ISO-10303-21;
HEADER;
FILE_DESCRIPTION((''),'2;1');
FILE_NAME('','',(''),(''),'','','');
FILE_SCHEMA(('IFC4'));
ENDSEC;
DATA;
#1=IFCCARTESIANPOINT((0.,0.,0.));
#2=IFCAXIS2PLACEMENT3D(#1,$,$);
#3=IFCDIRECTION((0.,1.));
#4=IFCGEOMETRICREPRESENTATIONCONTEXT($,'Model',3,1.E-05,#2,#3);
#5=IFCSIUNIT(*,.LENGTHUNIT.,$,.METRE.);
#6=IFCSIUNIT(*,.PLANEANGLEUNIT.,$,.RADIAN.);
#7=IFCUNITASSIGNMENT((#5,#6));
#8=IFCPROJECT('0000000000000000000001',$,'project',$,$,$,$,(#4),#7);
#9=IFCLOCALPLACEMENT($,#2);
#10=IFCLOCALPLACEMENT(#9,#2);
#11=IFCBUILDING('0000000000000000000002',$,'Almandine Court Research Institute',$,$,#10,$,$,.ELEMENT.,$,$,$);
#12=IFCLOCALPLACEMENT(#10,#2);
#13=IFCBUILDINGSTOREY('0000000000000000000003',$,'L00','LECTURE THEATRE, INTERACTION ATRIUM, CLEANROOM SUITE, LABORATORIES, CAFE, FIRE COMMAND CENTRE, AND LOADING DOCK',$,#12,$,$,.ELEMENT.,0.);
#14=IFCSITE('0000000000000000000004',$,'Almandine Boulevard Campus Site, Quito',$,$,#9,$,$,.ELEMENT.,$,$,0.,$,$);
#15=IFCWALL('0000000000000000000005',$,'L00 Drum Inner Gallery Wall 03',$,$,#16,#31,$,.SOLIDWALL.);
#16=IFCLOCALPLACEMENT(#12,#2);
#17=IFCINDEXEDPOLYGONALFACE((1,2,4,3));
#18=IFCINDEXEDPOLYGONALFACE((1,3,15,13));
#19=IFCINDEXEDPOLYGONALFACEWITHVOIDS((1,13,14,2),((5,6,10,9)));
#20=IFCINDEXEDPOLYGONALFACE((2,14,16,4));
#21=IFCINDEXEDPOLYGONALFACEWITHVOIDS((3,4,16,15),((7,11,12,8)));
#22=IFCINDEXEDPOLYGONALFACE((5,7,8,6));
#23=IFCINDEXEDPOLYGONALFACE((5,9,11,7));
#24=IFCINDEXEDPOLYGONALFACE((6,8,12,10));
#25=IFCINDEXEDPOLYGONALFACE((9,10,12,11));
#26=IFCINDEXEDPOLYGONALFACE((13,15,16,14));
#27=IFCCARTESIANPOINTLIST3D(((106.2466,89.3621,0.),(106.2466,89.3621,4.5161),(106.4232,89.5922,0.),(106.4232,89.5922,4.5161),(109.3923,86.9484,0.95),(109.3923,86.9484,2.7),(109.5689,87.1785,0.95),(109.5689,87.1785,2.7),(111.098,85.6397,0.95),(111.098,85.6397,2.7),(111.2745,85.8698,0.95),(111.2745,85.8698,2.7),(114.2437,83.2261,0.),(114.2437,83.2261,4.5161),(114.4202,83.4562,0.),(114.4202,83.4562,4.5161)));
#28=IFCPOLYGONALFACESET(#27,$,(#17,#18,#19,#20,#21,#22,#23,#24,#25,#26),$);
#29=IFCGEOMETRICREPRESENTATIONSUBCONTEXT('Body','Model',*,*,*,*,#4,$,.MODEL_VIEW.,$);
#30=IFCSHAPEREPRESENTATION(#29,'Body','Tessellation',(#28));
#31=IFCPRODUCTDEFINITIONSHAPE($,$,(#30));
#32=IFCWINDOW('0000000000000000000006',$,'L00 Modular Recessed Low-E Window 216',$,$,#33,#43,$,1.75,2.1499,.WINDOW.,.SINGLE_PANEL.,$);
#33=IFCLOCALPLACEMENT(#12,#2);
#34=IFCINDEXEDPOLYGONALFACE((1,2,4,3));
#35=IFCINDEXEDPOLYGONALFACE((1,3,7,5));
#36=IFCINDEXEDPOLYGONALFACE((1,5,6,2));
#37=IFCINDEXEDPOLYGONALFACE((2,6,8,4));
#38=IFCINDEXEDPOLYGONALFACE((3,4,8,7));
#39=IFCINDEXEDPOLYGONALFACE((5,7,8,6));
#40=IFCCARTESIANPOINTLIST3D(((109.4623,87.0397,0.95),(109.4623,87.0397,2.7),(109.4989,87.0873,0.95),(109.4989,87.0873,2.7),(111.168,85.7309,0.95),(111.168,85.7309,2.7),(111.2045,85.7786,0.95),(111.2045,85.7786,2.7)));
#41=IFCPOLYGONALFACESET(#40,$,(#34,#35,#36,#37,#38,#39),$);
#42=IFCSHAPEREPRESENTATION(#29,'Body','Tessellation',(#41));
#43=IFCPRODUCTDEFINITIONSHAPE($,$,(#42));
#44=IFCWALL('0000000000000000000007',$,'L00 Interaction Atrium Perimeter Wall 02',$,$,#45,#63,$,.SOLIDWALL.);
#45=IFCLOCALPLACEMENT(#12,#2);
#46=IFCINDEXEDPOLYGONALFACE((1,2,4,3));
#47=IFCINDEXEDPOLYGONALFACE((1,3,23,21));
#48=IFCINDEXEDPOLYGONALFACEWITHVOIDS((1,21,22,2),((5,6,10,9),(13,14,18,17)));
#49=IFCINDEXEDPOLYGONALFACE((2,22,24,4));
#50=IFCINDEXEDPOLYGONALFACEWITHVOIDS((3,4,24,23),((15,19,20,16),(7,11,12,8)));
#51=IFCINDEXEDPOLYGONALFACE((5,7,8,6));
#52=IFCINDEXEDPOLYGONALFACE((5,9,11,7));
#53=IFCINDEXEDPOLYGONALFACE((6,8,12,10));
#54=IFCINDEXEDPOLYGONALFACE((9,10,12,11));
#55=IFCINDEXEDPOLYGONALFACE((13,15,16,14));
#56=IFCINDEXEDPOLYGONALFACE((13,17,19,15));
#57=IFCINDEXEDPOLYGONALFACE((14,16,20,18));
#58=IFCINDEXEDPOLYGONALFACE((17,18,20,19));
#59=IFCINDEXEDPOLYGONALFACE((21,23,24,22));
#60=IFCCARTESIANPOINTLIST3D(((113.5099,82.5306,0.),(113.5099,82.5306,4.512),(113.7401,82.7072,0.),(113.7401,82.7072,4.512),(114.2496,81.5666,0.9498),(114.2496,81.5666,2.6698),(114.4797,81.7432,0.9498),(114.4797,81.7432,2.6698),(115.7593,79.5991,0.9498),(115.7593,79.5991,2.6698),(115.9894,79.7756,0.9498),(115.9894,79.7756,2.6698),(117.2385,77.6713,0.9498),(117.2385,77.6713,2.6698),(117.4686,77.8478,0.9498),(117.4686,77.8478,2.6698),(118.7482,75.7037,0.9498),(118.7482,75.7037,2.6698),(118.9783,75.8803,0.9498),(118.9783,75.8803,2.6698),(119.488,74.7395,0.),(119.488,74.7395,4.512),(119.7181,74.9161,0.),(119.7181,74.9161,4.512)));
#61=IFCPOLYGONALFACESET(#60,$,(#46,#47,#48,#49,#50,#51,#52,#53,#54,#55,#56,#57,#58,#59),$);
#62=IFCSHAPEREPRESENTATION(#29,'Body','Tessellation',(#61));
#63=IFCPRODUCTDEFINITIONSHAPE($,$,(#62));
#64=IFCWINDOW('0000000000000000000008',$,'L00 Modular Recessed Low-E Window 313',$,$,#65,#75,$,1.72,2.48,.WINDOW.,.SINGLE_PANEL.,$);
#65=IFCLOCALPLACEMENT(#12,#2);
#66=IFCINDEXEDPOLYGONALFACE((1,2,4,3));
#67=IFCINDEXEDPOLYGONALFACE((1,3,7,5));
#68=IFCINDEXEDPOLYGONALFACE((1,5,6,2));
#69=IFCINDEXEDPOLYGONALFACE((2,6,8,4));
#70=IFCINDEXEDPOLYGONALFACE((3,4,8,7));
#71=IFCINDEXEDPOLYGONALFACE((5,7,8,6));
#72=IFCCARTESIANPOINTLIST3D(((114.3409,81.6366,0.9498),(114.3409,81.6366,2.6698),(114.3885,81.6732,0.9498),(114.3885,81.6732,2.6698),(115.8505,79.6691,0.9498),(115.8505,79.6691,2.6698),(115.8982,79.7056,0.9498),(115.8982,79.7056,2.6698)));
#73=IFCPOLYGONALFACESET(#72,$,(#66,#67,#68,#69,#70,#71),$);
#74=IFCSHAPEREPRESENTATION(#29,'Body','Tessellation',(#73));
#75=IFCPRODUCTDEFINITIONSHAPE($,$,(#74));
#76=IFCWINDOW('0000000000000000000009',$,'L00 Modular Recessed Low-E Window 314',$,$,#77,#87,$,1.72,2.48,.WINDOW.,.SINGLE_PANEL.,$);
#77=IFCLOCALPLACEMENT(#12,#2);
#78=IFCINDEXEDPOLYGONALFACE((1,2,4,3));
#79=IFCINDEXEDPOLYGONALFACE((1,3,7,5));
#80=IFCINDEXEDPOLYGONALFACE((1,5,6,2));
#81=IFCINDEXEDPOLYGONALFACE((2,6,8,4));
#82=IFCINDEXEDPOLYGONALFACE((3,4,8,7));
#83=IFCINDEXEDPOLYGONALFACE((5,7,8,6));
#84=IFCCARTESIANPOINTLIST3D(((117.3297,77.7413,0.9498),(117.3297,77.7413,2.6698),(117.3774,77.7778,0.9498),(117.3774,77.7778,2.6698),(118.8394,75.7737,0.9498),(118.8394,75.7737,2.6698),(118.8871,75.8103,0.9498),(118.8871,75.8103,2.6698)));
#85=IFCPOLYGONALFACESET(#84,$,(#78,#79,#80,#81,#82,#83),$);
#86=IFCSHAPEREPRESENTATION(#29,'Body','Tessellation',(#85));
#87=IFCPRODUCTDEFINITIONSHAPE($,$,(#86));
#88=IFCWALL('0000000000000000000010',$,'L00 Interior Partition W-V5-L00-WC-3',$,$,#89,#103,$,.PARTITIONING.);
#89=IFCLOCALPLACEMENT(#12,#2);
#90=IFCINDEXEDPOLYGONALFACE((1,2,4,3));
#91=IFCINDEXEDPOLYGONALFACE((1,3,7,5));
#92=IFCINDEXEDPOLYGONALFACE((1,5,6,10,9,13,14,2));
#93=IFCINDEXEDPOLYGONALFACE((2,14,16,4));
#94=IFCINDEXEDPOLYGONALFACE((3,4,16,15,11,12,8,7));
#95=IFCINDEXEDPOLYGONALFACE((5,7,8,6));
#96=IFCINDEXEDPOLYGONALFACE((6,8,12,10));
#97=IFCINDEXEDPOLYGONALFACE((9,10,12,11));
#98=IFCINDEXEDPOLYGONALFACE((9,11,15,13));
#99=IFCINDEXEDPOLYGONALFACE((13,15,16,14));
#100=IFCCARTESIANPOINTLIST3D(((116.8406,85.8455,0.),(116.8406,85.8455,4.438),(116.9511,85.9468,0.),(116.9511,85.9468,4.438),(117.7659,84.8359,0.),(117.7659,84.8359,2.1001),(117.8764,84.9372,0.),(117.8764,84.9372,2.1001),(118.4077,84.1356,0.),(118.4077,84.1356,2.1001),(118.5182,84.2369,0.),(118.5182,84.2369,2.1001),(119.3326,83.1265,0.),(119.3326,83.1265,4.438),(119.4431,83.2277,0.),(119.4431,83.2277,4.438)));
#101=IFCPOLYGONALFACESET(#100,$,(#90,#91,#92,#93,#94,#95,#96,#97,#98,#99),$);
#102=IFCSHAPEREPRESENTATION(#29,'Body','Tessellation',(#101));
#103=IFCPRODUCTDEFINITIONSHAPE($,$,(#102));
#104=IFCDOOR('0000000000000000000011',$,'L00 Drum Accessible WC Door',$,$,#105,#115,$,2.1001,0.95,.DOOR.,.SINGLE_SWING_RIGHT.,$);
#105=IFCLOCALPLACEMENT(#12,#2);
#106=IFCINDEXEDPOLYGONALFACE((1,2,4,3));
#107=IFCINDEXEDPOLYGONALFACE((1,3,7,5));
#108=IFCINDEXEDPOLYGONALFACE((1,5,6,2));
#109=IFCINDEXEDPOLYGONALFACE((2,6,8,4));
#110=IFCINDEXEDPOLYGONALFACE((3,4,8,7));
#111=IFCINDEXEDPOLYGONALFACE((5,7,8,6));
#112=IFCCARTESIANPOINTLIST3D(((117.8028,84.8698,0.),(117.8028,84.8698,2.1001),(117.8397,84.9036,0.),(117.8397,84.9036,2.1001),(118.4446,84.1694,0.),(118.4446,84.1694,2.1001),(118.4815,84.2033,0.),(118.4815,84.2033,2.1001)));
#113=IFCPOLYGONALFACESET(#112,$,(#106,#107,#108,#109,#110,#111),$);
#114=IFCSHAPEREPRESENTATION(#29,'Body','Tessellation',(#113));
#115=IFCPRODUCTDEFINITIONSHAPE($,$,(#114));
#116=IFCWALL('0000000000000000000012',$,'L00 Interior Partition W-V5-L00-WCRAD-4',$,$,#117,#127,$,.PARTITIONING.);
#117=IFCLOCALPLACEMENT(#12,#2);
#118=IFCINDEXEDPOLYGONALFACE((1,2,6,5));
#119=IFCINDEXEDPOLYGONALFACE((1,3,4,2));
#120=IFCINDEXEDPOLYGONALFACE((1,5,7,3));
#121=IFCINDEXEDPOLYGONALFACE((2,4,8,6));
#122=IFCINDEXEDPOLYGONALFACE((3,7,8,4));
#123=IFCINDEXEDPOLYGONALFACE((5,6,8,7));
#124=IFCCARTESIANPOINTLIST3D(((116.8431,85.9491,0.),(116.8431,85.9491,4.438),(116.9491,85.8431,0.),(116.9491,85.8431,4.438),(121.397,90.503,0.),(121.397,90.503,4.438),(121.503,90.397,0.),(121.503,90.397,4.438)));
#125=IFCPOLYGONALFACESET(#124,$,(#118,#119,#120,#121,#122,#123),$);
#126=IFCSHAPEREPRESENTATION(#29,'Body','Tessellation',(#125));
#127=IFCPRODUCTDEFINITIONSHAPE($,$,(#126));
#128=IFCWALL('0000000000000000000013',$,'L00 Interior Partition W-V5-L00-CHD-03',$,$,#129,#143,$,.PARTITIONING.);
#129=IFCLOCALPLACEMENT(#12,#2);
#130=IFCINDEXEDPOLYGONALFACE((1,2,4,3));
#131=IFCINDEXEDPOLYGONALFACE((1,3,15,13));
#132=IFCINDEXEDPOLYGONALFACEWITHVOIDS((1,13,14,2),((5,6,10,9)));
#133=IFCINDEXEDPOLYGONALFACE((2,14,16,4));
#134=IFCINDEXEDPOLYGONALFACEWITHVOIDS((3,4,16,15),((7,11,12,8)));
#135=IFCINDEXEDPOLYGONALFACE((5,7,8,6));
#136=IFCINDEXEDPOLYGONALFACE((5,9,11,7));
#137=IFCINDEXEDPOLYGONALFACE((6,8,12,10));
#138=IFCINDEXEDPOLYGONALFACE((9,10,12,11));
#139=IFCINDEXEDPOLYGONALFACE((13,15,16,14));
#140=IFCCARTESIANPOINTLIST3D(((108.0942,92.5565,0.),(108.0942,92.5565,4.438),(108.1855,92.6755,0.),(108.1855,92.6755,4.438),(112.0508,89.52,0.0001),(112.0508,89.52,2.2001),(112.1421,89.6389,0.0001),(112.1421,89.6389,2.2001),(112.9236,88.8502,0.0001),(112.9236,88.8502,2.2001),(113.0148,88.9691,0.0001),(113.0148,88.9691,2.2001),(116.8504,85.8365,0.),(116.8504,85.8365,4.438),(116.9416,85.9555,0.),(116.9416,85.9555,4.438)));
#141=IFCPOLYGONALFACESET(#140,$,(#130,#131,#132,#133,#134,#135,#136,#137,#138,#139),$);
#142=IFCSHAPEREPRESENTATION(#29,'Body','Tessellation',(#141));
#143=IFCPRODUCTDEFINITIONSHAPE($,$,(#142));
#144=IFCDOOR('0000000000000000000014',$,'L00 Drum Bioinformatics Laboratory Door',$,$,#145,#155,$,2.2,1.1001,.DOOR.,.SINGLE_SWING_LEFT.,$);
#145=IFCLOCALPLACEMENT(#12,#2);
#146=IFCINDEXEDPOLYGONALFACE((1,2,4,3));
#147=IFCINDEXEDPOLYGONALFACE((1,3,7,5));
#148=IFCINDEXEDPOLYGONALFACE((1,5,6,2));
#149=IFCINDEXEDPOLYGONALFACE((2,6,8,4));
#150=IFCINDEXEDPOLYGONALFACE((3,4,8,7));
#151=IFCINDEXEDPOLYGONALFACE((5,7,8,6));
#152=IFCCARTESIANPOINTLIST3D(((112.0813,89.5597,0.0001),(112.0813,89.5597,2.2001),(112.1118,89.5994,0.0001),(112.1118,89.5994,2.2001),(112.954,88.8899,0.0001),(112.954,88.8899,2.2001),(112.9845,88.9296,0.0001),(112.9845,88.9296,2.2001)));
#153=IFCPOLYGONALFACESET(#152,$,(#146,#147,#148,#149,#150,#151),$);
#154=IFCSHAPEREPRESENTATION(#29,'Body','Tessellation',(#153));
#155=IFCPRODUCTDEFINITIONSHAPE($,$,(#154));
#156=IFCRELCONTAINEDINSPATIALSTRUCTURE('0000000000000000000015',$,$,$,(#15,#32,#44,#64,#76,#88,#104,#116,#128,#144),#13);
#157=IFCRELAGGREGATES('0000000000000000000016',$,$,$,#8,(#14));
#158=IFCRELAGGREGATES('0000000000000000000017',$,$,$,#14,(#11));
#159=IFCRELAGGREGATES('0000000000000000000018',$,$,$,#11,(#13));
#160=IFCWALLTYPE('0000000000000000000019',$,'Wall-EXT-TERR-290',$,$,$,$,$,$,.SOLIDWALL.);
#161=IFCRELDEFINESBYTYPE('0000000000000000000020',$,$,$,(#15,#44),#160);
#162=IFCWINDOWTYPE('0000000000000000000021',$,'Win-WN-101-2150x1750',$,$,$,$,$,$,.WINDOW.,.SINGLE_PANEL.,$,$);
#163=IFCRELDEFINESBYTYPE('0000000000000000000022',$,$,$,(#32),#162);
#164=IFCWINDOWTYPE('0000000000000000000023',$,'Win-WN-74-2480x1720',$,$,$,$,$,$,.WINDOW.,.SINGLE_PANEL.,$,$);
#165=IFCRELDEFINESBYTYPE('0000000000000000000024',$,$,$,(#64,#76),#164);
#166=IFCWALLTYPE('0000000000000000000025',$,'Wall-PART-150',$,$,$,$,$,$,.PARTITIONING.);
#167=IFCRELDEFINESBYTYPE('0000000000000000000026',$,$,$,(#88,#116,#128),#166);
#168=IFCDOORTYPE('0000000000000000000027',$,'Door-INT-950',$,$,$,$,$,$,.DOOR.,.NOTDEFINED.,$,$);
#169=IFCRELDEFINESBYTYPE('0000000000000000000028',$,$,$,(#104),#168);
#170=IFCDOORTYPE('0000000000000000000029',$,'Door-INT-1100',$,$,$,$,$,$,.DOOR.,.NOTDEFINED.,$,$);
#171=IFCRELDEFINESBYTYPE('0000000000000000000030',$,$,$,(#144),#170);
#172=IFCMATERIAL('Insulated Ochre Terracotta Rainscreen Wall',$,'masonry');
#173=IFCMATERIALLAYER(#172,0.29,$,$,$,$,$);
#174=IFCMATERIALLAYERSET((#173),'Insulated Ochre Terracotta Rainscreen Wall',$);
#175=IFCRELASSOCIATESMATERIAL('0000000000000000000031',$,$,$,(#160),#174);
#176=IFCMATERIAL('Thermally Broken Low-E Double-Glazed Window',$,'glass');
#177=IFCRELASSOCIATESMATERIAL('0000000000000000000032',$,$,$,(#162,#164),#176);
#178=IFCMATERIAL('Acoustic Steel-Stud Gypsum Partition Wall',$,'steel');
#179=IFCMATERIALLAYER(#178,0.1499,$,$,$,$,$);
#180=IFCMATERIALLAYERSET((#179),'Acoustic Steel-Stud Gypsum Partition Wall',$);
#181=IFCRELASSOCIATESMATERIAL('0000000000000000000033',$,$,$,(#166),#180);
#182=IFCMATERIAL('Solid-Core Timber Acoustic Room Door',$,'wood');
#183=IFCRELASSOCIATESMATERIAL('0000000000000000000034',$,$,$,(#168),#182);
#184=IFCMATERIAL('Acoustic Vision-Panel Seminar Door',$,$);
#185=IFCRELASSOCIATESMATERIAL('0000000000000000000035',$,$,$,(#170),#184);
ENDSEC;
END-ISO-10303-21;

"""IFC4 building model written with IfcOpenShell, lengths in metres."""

from ifc_helpers import new_model, si_unit, direction, frame, frame_2d, origin, place, context, subcontext, project, spatial, rectangle, extrude, material, layer, layer_set, type_object, element, fill, save


model = new_model("IFC4")

# Units and contexts
model_context = context("Model", 3, precision=1e-05, world=origin(), true_north=direction((0.0, 1.0)))
body_context = subcontext(model_context, "Body", "Model", "MODEL_VIEW")
ifc_project = project(units=[si_unit("LENGTHUNIT", "METRE"), si_unit("PLANEANGLEUNIT", "RADIAN")], contexts=[model_context])

# Site, building, storey
site_placement = place(None, origin())
site = spatial("IfcSite", under=ifc_project, at=site_placement, Name="Almandine Boulevard Campus Site, Quito", CompositionType="ELEMENT", RefElevation=0.0)
building_placement = place(site_placement, origin())
building = spatial("IfcBuilding", under=site, at=building_placement, Name="Almandine Court Research Institute", CompositionType="ELEMENT")
storey_placement = place(building_placement, origin())
storey = spatial("IfcBuildingStorey", under=building, at=storey_placement, Name="L00", Description="LECTURE THEATRE, INTERACTION ATRIUM, CLEANROOM SUITE, LABORATORIES, CAFE, FIRE COMMAND CENTRE, AND LOADING DOCK", CompositionType="ELEMENT", Elevation=0.0)

# Wall, opening, window
ifc_material_1 = material(Name="Insulated Ochre Terracotta Rainscreen Wall", Category="masonry")
ifc_layer_1 = layer(ifc_material_1, 0.29)
ifc_layer_set_1 = layer_set([ifc_layer_1], Name="Insulated Ochre Terracotta Rainscreen Wall")
wall_type_1 = type_object("IfcWallType", Name="Wall-EXT-TERR-290", PredefinedType="SOLIDWALL", material=ifc_layer_set_1)
wall_1_placement = place(storey_placement, frame((114.332, 83.3411, 0.0), z_axis=(0.0, 0.0, 1.0), x_axis=(-0.793372, 0.608738, 0.0)))
wall_1 = element("IfcWall", 1, at=wall_1_placement, inside=storey, type_object=wall_type_1, Name="L00 Drum Inner Gallery Wall 03", PredefinedType="SOLIDWALL", context=body_context, shape_type="SweptSolid", body=[
    extrude(rectangle(XDim=10.0798, YDim=0.29, at=frame_2d((5.04, 0.0))), origin(), (0.0, 0.0, 1.0), 4.5161),
])
opening_1_placement = place(wall_1_placement, frame((3.9651, 0.0, 0.95)))
opening_1 = element("IfcOpeningElement", 2, at=opening_1_placement, cuts=wall_1, PredefinedType="OPENING", context=body_context, shape_type="SweptSolid", body=[
    extrude(rectangle(XDim=2.1499, YDim=1.75, at=frame_2d((1.075, 0.875))), frame((0.0, 0.155, 0.0), z_axis=(0.0, -1.0, 0.0), x_axis=(1.0, 0.0, 0.0)), (0.0, 0.0, 1.0), 0.3101),
])
ifc_material_2 = material(Name="Thermally Broken Low-E Double-Glazed Window", Category="glass")
window_type_1 = type_object("IfcWindowType", Name="Win-WN-101-2150x1750", PartitioningType="SINGLE_PANEL", PredefinedType="WINDOW", material=ifc_material_2)
window_1_placement = place(opening_1_placement, origin())
window_1 = element("IfcWindow", 3, at=window_1_placement, inside=storey, type_object=window_type_1, Name="L00 Modular Recessed Low-E Window 216", OverallHeight=1.75, OverallWidth=2.1499, PartitioningType="SINGLE_PANEL", PredefinedType="WINDOW", context=body_context, shape_type="SweptSolid", body=[
    extrude(rectangle(XDim=2.1499, YDim=1.75, at=frame_2d((1.075, 0.875))), frame((0.0, 0.03, 0.0), z_axis=(0.0, -1.0, 0.0), x_axis=(1.0, 0.0, 0.0)), (0.0, 0.0, 1.0), 0.0601),
])
fill(opening_1, window_1)

# Wall, openings, windows
wall_2_placement = place(storey_placement, frame((113.625, 82.6189, 0.0), z_axis=(0.0, 0.0, 1.0), x_axis=(0.608747, -0.793365, 0.0)))
wall_2 = element("IfcWall", 4, at=wall_2_placement, inside=storey, type_object=wall_type_1, Name="L00 Interaction Atrium Perimeter Wall 02", PredefinedType="SOLIDWALL", context=body_context, shape_type="SweptSolid", body=[
    extrude(rectangle(XDim=9.8203, YDim=0.29, at=frame_2d((4.9102, 0.0))), origin(), (0.0, 0.0, 1.0), 4.512),
])
opening_2_placement = place(wall_2_placement, frame((1.2151, 0.0, 0.95)))
opening_2 = element("IfcOpeningElement", 5, at=opening_2_placement, cuts=wall_2, PredefinedType="OPENING", context=body_context, shape_type="SweptSolid", body=[
    extrude(rectangle(XDim=2.48, YDim=1.72, at=frame_2d((1.24, 0.8599))), frame((0.0, 0.155, 0.0), z_axis=(0.0, -1.0, 0.0), x_axis=(1.0, 0.0, 0.0)), (0.0, 0.0, 1.0), 0.3101),
])
opening_3_placement = place(wall_2_placement, frame((6.125, 0.0, 0.95)))
opening_3 = element("IfcOpeningElement", 6, at=opening_3_placement, cuts=wall_2, PredefinedType="OPENING", context=body_context, shape_type="SweptSolid", body=[
    extrude(rectangle(XDim=2.48, YDim=1.72, at=frame_2d((1.24, 0.8599))), frame((0.0, 0.155, 0.0), z_axis=(0.0, -1.0, 0.0), x_axis=(1.0, 0.0, 0.0)), (0.0, 0.0, 1.0), 0.3101),
])
window_type_2 = type_object("IfcWindowType", Name="Win-WN-74-2480x1720", PartitioningType="SINGLE_PANEL", PredefinedType="WINDOW", material=ifc_material_2)
window_2_placement = place(opening_2_placement, origin())
window_2 = element("IfcWindow", 7, at=window_2_placement, inside=storey, type_object=window_type_2, Name="L00 Modular Recessed Low-E Window 313", OverallHeight=1.72, OverallWidth=2.48, PartitioningType="SINGLE_PANEL", PredefinedType="WINDOW", context=body_context, shape_type="SweptSolid", body=[
    extrude(rectangle(XDim=2.48, YDim=1.72, at=frame_2d((1.24, 0.8599))), frame((0.0, 0.03, 0.0), z_axis=(0.0, -1.0, 0.0), x_axis=(1.0, 0.0, 0.0)), (0.0, 0.0, 1.0), 0.0601),
])
fill(opening_2, window_2)
window_3_placement = place(opening_3_placement, origin())
window_3 = element("IfcWindow", 8, at=window_3_placement, inside=storey, type_object=window_type_2, Name="L00 Modular Recessed Low-E Window 314", OverallHeight=1.72, OverallWidth=2.48, PartitioningType="SINGLE_PANEL", PredefinedType="WINDOW", context=body_context, shape_type="SweptSolid", body=[
    extrude(rectangle(XDim=2.48, YDim=1.72, at=frame_2d((1.24, 0.8599))), frame((0.0, 0.03, 0.0), z_axis=(0.0, -1.0, 0.0), x_axis=(1.0, 0.0, 0.0)), (0.0, 0.0, 1.0), 0.0601),
])
fill(opening_3, window_3)

# Wall, opening, door
ifc_material_3 = material(Name="Acoustic Steel-Stud Gypsum Partition Wall", Category="steel")
ifc_layer_2 = layer(ifc_material_3, 0.1499)
ifc_layer_set_2 = layer_set([ifc_layer_2], Name="Acoustic Steel-Stud Gypsum Partition Wall")
wall_type_2 = type_object("IfcWallType", Name="Wall-PART-150", PredefinedType="PARTITIONING", material=ifc_layer_set_2)
wall_3_placement = place(storey_placement, frame((119.3879, 83.177, 0.0), z_axis=(0.0, 0.0, 1.0), x_axis=(-0.675656, 0.737217, 0.0)))
wall_3 = element("IfcWall", 9, at=wall_3_placement, inside=storey, type_object=wall_type_2, Name="L00 Interior Partition W-V5-L00-WC-3", PredefinedType="PARTITIONING", context=body_context, shape_type="SweptSolid", body=[
    extrude(rectangle(XDim=3.6882, YDim=0.1499, at=frame_2d((1.8442, 0.0))), origin(), (0.0, 0.0, 1.0), 4.438),
])
opening_4_placement = place(wall_3_placement, frame((1.3689, 0.0, 0.0)))
opening_4 = element("IfcOpeningElement", 10, at=opening_4_placement, cuts=wall_3, PredefinedType="OPENING", context=body_context, shape_type="SweptSolid", body=[
    extrude(rectangle(XDim=0.95, YDim=2.1001, at=frame_2d((0.4751, 1.05))), frame((0.0, 0.085, 0.0), z_axis=(0.0, -1.0, 0.0), x_axis=(1.0, 0.0, 0.0)), (0.0, 0.0, 1.0), 0.1699),
])
ifc_material_4 = material(Name="Solid-Core Timber Acoustic Room Door", Category="wood")
door_type_1 = type_object("IfcDoorType", Name="Door-INT-950", OperationType="NOTDEFINED", PredefinedType="DOOR", material=ifc_material_4)
door_1_placement = place(opening_4_placement, origin())
door_1 = element("IfcDoor", 11, at=door_1_placement, inside=storey, type_object=door_type_1, Name="L00 Drum Accessible WC Door", OperationType="SINGLE_SWING_RIGHT", OverallHeight=2.1001, OverallWidth=0.95, PredefinedType="DOOR", context=body_context, shape_type="SweptSolid", body=[
    extrude(rectangle(XDim=0.95, YDim=2.1001, at=frame_2d((0.4751, 1.05))), frame((0.0, 0.0249, 0.0), z_axis=(0.0, -1.0, 0.0), x_axis=(1.0, 0.0, 0.0)), (0.0, 0.0, 1.0), 0.05),
])
fill(opening_4, door_1)

# Wall
wall_4_placement = place(storey_placement, frame((116.896, 85.896, 0.0), z_axis=(0.0, 0.0, 1.0), x_axis=(0.707107, 0.707107, 0.0)))
element("IfcWall", 12, at=wall_4_placement, inside=storey, type_object=wall_type_2, Name="L00 Interior Partition W-V5-L00-WCRAD-4", PredefinedType="PARTITIONING", context=body_context, shape_type="SweptSolid", body=[
    extrude(rectangle(XDim=6.4402, YDim=0.1499, at=frame_2d((3.2202, 0.0))), origin(), (0.0, 0.0, 1.0), 4.438),
])

# Wall, opening, door
wall_5_placement = place(storey_placement, frame((116.896, 85.896, 0.0), z_axis=(0.0, 0.0, 1.0), x_axis=(-0.793302, 0.608828, 0.0)))
wall_5 = element("IfcWall", 13, at=wall_5_placement, inside=storey, type_object=wall_type_2, Name="L00 Interior Partition W-V5-L00-CHD-03", PredefinedType="PARTITIONING", context=body_context, shape_type="SweptSolid", body=[
    extrude(rectangle(XDim=11.0376, YDim=0.1499, at=frame_2d((5.5188, 0.0))), origin(), (0.0, 0.0, 1.0), 4.438),
])
opening_5_placement = place(wall_5_placement, frame((4.95, 0.0, 0.0)))
opening_5 = element("IfcOpeningElement", 14, at=opening_5_placement, cuts=wall_5, PredefinedType="OPENING", context=body_context, shape_type="SweptSolid", body=[
    extrude(rectangle(XDim=1.1001, YDim=2.2, at=frame_2d((0.55, 1.1001))), frame((0.0, 0.085, 0.0), z_axis=(0.0, -1.0, 0.0), x_axis=(1.0, 0.0, 0.0)), (0.0, 0.0, 1.0), 0.1699),
])
ifc_material_5 = material(Name="Acoustic Vision-Panel Seminar Door")
door_type_2 = type_object("IfcDoorType", Name="Door-INT-1100", OperationType="NOTDEFINED", PredefinedType="DOOR", material=ifc_material_5)
door_2_placement = place(opening_5_placement, origin())
door_2 = element("IfcDoor", 15, at=door_2_placement, inside=storey, type_object=door_type_2, Name="L00 Drum Bioinformatics Laboratory Door", OperationType="SINGLE_SWING_LEFT", OverallHeight=2.2, OverallWidth=1.1001, PredefinedType="DOOR", context=body_context, shape_type="SweptSolid", body=[
    extrude(rectangle(XDim=1.1001, YDim=2.2, at=frame_2d((0.55, 1.1001))), frame((0.0, 0.0249, 0.0), z_axis=(0.0, -1.0, 0.0), x_axis=(1.0, 0.0, 0.0)), (0.0, 0.0, 1.0), 0.05),
])
fill(opening_5, door_2)

save(model, "model.ifc")
